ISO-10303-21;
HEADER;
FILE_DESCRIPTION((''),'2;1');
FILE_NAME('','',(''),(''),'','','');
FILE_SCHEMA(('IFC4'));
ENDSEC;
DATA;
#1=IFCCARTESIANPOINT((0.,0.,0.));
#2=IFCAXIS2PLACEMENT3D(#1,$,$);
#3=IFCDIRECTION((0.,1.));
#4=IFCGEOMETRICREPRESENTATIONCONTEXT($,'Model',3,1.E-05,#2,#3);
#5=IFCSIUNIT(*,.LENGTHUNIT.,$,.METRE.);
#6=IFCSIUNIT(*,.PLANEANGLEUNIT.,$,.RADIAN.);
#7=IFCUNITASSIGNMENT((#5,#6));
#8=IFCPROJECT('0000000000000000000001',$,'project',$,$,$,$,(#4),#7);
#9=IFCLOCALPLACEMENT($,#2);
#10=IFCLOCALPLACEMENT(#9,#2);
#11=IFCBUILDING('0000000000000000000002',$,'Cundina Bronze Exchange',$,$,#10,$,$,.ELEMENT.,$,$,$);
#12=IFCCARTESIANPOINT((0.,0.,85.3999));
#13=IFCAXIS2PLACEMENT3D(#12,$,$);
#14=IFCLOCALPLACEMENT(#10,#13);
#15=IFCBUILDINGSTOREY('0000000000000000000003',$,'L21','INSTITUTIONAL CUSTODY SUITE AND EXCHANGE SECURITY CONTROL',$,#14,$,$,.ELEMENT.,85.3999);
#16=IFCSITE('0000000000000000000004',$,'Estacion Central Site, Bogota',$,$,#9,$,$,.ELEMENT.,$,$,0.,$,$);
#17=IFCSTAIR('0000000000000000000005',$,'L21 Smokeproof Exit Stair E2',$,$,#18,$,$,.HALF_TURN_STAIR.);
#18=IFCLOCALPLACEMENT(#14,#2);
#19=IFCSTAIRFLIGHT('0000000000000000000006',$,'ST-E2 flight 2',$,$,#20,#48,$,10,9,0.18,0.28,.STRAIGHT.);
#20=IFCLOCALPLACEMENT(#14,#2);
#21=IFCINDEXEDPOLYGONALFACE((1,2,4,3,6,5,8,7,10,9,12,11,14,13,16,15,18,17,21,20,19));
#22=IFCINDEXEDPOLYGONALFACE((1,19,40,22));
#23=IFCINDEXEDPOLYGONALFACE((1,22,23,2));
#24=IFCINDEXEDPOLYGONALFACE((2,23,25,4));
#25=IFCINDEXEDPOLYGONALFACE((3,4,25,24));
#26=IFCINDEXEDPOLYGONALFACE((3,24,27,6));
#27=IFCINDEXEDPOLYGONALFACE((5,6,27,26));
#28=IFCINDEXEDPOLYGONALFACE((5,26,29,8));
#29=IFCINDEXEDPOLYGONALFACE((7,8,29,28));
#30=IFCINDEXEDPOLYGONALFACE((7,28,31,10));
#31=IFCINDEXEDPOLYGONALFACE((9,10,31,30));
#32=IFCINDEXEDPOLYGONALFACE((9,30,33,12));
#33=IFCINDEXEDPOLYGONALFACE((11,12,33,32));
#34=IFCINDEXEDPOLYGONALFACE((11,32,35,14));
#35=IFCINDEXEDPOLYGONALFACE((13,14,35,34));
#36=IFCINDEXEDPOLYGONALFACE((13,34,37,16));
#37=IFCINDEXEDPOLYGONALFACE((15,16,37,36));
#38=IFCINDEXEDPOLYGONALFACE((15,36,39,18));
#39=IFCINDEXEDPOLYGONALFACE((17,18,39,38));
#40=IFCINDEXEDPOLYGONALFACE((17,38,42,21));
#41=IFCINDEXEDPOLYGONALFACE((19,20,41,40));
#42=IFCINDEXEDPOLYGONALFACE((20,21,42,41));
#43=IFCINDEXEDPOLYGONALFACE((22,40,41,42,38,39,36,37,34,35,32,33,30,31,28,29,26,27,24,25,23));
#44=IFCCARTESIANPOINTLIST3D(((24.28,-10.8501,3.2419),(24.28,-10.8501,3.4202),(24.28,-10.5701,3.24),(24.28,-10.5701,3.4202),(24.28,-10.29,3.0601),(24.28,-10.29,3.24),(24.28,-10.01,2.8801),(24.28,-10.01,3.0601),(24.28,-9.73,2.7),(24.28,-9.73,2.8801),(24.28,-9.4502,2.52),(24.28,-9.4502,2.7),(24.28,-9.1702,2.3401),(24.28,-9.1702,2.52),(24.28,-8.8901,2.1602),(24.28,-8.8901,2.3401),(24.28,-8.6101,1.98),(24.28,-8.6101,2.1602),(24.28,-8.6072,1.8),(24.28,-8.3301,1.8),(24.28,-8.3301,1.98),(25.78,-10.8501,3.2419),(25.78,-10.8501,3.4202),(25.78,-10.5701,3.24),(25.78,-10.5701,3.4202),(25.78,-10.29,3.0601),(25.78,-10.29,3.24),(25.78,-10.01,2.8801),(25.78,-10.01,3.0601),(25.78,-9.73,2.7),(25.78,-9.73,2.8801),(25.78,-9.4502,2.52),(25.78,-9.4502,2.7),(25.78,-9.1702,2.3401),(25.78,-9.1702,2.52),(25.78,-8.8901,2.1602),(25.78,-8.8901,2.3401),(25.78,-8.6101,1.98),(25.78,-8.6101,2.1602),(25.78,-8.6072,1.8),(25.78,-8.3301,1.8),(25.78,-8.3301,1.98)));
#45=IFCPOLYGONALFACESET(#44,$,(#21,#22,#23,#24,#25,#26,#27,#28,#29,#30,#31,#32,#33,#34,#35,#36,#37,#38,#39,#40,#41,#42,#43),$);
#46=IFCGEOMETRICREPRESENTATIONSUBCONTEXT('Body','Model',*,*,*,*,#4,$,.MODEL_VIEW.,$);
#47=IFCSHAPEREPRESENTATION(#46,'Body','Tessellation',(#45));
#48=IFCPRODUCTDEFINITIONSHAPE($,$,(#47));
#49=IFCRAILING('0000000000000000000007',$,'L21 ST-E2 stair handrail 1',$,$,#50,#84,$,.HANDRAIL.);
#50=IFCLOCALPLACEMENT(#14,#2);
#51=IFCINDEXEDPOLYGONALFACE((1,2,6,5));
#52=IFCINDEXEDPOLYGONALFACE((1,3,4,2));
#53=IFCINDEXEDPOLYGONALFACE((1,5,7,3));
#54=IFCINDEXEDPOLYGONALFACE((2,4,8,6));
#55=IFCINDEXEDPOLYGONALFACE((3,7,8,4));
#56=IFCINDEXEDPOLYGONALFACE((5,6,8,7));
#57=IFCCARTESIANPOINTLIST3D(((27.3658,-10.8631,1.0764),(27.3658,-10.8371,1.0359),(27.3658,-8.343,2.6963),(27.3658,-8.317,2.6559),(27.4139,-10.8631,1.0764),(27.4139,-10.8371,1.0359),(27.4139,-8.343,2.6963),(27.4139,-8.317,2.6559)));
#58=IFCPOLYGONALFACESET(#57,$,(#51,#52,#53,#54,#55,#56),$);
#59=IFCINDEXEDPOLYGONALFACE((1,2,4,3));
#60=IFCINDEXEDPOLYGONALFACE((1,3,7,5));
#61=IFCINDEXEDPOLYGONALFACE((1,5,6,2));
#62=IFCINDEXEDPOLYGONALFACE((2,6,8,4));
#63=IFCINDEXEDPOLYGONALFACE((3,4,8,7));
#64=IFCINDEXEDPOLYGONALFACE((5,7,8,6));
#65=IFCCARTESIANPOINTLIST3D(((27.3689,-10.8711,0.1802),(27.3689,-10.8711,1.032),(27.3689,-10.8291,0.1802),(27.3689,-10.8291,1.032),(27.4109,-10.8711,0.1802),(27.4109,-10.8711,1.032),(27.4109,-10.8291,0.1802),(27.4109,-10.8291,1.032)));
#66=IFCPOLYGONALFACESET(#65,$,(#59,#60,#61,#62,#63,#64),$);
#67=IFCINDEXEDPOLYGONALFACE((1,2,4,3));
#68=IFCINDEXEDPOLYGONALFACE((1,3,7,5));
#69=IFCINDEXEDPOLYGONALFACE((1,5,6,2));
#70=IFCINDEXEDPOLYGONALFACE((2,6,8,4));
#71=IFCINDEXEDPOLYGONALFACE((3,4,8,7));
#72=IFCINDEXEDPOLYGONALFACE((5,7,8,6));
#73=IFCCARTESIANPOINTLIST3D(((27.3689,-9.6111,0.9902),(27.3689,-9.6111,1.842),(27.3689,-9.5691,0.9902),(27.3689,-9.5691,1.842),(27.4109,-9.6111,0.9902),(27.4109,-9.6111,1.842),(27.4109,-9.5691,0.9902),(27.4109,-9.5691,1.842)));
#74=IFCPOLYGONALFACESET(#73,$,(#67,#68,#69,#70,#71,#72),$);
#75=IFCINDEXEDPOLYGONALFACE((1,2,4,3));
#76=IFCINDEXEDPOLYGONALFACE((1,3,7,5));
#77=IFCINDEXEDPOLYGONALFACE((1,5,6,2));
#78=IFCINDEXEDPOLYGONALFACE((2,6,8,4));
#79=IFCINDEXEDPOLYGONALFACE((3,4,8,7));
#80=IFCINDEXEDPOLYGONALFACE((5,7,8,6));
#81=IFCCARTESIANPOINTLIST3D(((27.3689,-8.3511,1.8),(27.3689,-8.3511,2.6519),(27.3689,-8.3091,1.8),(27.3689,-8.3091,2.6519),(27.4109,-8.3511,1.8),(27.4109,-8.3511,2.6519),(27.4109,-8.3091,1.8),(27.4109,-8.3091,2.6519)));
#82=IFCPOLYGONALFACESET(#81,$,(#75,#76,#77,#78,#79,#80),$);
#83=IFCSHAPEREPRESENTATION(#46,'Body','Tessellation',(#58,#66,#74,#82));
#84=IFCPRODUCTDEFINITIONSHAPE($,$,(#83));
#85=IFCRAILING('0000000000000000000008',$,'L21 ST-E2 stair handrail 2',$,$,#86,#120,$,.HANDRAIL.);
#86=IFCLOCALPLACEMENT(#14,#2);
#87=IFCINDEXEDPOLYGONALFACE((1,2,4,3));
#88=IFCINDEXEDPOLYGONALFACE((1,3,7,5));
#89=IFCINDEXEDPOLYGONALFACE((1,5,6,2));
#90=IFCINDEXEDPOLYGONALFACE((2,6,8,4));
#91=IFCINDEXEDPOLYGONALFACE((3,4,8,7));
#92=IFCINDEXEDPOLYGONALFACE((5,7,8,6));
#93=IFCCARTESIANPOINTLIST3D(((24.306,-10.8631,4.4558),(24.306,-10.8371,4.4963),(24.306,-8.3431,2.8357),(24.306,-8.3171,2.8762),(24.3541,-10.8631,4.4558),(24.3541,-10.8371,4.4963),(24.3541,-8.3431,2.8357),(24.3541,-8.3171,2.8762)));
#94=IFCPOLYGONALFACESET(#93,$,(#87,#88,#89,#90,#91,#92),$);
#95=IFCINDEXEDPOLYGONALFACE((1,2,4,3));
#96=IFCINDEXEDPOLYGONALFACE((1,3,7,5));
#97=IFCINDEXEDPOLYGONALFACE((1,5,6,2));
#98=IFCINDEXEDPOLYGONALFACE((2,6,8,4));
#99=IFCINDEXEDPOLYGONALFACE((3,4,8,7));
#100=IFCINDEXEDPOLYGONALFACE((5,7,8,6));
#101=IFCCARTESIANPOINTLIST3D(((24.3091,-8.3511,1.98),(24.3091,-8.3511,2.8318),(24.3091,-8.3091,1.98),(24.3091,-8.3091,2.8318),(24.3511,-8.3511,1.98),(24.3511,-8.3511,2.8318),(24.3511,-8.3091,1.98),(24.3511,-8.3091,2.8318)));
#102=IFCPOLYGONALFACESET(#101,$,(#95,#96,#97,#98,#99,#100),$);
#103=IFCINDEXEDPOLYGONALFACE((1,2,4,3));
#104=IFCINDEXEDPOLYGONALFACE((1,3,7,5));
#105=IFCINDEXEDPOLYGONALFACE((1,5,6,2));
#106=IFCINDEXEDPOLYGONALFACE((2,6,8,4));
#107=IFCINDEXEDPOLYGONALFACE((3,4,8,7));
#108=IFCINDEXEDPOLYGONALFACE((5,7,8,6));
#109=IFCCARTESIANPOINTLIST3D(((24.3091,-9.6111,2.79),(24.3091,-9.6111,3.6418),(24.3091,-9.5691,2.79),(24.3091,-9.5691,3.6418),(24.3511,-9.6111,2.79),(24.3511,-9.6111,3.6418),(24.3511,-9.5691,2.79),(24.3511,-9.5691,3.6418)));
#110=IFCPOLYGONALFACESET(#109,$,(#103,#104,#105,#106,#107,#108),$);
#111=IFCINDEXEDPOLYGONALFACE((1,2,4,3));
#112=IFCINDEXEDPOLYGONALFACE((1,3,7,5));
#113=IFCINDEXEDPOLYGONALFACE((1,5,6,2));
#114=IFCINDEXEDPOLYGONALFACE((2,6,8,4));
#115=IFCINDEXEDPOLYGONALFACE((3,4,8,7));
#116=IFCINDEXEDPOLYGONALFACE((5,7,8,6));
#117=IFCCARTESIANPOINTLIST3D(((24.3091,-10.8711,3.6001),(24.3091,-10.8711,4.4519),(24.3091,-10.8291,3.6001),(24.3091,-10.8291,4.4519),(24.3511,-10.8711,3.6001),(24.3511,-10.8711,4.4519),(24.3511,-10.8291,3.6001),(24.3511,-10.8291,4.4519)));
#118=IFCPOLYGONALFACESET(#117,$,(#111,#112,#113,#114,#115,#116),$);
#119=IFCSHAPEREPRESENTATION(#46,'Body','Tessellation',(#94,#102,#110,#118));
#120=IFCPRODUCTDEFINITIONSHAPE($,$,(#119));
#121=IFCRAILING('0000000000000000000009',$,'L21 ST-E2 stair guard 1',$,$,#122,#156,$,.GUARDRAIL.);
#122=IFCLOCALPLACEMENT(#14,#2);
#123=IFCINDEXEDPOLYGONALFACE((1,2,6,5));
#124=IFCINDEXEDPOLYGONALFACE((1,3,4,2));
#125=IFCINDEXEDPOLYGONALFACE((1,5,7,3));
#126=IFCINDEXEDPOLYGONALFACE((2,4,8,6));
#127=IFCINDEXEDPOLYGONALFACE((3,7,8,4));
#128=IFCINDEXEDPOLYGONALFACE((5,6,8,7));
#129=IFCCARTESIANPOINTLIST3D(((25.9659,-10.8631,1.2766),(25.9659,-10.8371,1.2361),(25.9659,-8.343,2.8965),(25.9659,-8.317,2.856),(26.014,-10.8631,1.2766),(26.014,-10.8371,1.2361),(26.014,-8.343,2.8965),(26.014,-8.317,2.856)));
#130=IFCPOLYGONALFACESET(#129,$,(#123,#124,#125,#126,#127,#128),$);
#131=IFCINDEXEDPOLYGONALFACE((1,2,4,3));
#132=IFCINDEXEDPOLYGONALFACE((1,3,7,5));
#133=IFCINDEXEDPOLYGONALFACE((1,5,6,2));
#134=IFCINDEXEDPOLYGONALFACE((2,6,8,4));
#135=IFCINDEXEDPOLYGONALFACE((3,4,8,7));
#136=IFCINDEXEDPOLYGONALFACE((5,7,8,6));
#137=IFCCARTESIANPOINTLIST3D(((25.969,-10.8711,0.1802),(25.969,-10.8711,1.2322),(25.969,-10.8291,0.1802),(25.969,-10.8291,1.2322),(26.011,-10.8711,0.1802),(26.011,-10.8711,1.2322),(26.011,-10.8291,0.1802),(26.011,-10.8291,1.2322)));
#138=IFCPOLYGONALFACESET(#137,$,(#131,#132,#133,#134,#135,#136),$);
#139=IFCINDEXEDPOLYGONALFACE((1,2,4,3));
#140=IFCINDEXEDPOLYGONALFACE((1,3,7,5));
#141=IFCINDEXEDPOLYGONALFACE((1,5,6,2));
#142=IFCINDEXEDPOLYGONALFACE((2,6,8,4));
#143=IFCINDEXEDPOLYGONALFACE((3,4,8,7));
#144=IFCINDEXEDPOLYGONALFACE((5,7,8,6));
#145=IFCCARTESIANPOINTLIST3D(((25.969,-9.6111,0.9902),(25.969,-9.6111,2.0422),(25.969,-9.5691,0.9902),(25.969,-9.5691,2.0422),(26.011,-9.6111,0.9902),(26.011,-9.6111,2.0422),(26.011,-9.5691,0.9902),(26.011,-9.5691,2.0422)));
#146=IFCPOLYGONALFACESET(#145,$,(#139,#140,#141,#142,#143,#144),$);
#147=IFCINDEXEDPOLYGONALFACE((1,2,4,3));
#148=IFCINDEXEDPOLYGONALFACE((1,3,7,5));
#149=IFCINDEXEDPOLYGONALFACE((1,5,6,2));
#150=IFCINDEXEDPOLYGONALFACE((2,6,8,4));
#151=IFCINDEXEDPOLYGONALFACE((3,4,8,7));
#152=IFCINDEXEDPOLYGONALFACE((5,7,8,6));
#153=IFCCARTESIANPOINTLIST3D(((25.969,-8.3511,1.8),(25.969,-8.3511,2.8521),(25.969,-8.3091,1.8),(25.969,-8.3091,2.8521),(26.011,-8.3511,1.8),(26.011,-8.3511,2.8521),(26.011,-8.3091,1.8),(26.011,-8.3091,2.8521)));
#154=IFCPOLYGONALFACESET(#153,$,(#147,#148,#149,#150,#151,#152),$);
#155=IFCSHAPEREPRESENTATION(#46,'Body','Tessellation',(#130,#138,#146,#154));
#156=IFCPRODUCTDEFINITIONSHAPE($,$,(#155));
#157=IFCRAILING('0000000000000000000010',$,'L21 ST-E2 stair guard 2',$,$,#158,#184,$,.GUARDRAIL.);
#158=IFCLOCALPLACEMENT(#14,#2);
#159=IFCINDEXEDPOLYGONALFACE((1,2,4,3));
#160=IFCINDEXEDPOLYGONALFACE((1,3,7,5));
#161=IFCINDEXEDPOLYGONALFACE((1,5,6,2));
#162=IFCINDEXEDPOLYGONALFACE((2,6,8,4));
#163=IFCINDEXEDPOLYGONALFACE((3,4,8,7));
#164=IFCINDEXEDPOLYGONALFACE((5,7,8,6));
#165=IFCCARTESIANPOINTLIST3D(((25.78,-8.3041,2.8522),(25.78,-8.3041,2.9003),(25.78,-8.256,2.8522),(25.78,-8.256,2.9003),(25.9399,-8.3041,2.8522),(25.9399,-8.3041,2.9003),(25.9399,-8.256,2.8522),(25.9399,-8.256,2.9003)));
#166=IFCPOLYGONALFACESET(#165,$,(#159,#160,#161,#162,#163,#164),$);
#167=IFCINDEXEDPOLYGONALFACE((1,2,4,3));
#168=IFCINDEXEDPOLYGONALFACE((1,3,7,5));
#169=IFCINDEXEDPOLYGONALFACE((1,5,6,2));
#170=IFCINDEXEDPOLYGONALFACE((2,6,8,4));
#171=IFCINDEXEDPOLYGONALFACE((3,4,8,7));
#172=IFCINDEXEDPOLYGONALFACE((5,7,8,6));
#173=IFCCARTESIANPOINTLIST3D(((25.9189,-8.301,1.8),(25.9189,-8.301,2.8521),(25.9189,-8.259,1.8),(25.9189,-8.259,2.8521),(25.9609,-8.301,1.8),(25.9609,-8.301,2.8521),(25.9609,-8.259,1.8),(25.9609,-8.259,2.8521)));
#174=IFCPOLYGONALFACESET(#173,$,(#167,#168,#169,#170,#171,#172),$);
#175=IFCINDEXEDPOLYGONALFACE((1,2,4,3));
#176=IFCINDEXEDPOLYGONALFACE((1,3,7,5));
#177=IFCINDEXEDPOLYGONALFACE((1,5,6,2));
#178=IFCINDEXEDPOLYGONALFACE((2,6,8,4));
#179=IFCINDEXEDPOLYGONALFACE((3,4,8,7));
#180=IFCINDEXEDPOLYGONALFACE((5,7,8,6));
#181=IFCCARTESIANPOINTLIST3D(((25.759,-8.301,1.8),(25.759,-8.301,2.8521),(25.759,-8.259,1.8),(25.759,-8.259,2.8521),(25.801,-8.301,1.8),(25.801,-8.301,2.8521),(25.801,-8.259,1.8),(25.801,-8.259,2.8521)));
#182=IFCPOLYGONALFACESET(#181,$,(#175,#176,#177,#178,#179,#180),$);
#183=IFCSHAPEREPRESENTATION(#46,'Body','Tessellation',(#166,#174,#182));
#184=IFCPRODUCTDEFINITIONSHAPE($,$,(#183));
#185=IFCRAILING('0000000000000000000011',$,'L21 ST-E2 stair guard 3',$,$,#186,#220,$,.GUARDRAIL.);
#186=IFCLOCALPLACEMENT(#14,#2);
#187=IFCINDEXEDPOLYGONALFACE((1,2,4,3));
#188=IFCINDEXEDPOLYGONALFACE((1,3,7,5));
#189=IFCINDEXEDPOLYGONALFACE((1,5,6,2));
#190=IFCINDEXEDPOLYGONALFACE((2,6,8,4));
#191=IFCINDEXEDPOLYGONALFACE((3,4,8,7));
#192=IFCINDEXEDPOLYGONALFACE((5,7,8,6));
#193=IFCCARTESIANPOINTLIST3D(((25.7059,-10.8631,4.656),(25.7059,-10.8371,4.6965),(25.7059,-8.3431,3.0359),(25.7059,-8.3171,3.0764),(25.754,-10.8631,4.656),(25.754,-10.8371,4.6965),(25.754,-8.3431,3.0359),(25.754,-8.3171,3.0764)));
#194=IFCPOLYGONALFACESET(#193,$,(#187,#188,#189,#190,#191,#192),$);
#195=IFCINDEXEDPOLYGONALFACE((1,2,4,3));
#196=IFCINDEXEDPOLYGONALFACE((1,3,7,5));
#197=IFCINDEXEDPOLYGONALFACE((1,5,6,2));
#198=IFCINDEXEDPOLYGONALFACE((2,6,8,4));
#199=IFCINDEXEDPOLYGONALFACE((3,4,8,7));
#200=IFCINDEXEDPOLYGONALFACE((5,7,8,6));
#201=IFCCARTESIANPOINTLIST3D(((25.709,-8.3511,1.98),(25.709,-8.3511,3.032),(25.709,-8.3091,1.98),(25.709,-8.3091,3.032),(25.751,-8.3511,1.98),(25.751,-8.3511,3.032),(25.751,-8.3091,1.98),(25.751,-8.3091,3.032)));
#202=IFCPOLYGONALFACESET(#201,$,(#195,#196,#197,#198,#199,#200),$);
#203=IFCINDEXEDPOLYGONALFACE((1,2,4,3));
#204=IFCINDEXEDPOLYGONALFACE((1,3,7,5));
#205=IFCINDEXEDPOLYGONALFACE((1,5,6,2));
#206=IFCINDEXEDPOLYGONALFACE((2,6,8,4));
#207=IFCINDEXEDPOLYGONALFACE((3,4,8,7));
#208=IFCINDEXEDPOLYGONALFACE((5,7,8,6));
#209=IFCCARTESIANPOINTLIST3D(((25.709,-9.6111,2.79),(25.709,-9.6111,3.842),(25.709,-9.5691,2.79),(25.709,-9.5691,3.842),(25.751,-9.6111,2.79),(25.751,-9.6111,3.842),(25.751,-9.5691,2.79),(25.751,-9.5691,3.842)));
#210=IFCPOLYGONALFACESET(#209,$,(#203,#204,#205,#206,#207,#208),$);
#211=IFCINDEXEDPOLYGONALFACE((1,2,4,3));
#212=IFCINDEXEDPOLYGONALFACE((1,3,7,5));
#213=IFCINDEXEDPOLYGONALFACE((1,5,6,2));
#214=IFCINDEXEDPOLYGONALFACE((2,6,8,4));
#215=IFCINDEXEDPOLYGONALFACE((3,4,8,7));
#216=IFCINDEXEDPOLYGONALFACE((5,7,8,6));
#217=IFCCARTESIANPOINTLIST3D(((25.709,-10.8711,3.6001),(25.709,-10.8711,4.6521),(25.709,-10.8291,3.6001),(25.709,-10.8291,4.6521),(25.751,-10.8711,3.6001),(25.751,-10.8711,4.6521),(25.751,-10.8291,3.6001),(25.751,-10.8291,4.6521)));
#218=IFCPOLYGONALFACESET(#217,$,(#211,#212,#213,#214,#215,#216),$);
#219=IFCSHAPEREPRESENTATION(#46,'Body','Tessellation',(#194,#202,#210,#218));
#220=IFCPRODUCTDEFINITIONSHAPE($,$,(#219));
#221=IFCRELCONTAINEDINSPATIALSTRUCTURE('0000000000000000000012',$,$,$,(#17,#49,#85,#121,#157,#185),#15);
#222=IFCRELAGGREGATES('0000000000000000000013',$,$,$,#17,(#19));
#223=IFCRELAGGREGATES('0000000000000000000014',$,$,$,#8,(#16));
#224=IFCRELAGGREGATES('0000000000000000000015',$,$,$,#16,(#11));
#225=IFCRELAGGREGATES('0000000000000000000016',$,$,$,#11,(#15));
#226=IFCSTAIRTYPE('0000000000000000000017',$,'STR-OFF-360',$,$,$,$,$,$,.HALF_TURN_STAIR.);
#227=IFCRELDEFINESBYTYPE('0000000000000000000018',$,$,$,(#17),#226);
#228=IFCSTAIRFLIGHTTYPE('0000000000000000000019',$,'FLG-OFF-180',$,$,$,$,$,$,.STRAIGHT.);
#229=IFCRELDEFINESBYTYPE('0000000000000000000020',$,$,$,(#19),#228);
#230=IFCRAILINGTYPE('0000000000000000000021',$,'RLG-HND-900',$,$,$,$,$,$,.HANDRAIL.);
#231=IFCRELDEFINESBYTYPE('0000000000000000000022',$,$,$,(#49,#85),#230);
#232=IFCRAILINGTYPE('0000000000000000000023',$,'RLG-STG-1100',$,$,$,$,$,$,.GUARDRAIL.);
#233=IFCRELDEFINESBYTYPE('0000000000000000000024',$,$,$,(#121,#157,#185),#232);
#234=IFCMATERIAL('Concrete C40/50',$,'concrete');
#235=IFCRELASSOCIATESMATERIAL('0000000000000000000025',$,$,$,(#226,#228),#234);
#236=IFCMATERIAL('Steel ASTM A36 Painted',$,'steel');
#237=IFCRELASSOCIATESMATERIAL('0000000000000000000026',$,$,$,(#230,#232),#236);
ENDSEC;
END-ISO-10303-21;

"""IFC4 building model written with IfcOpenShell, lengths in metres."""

from ifc_helpers import new_model, si_unit, direction, frame, origin, origin_2d, place, context, subcontext, project, spatial, polyline, rectangle, outline, extrude, material, type_object, element, aggregate, save


model = new_model("IFC4")

# Units and contexts
model_context = context("Model", 3, precision=1e-05, world=origin(), true_north=direction((0.0, 1.0)))
body_context = subcontext(model_context, "Body", "Model", "MODEL_VIEW")
ifc_project = project(units=[si_unit("LENGTHUNIT", "METRE"), si_unit("PLANEANGLEUNIT", "RADIAN")], contexts=[model_context])

# Site, building, storey
site_placement = place(None, origin())
site = spatial("IfcSite", under=ifc_project, at=site_placement, Name="Estacion Central Site, Bogota", CompositionType="ELEMENT", RefElevation=0.0)
building_placement = place(site_placement, origin())
building = spatial("IfcBuilding", under=site, at=building_placement, Name="Cundina Bronze Exchange", CompositionType="ELEMENT")
storey_placement = place(building_placement, frame((0.0, 0.0, 85.3999)))
storey = spatial("IfcBuildingStorey", under=building, at=storey_placement, Name="L21", Description="INSTITUTIONAL CUSTODY SUITE AND EXCHANGE SECURITY CONTROL", CompositionType="ELEMENT", Elevation=85.3999)

# Shared definitions
ifc_material_1 = material(Name="Steel ASTM A36 Painted", Category="steel")

# Stair, stair flight
ifc_material_2 = material(Name="Concrete C40/50", Category="concrete")
stair_type = type_object("IfcStairType", Name="STR-OFF-360", PredefinedType="HALF_TURN_STAIR", material=ifc_material_2)
stair_placement = place(storey_placement, origin())
stair = element("IfcStair", 1, at=stair_placement, inside=storey, type_object=stair_type, Name="L21 Smokeproof Exit Stair E2", PredefinedType="HALF_TURN_STAIR")
stair_flight_type = type_object("IfcStairFlightType", Name="FLG-OFF-180", PredefinedType="STRAIGHT", material=ifc_material_2)
stair_flight_1_placement = place(storey_placement, frame((25.03, -8.3301, 1.8), z_axis=(0.0, 0.0, 1.0), x_axis=(0.0, -1.0, 0.0)))
stair_flight_1 = element("IfcStairFlight", 2, at=stair_flight_1_placement, type_object=stair_flight_type, Name="ST-E2 flight 2", NumberOfRisers=10, NumberOfTreads=9, PredefinedType="STRAIGHT", RiserHeight=0.18, TreadLength=0.28, context=body_context, shape_type="SweptSolid", body=[
    extrude(outline(polyline([(0.0, 0.0), (0.0, 0.1799), (0.28, 0.1799), (0.28, 0.3601), (0.5601, 0.3601), (0.5601, 0.54), (0.8401, 0.54), (0.8401, 0.72), (1.1201, 0.72), (1.1201, 0.8999), (1.3999, 0.8999), (1.3999, 1.0801), (1.6799, 1.0801), (1.6799, 1.26), (1.96, 1.26), (1.96, 1.4399), (2.24, 1.4399), (2.24, 1.6201), (2.52, 1.6201), (2.52, 1.8), (2.52, 1.4419), (0.2771, 0.0), (0.0, 0.0)])), frame((0.0, 0.75, 0.0), z_axis=(0.0, -1.0, 0.0), x_axis=(1.0, 0.0, 0.0)), (0.0, 0.0, 1.0), 1.5),
])
aggregate(stair, [stair_flight_1])

# Railings
railing_type_1 = type_object("IfcRailingType", Name="RLG-HND-900", PredefinedType="HANDRAIL", material=ifc_material_1)
railing_1_placement = place(storey_placement, frame((27.3899, -10.8501, 0.1802)))
element("IfcRailing", 3, at=railing_1_placement, inside=storey, type_object=railing_type_1, Name="L21 ST-E2 stair handrail 1", PredefinedType="HANDRAIL", context=body_context, shape_type="SweptSolid", body=[
    extrude(rectangle(XDim=0.0481, YDim=0.0481, at=origin_2d()), frame((0.0, 0.0, 0.876), z_axis=(0.0, 0.8412, 0.540725), x_axis=(-1.0, 0.0, 0.0)), (0.0, 0.0, 1.0), 2.9958),
    extrude(rectangle(XDim=0.042, YDim=0.042, at=origin_2d()), origin(), (0.0, 0.0, 1.0), 0.8518),
    extrude(rectangle(XDim=0.042, YDim=0.042, at=origin_2d()), frame((0.0, 1.26, 0.8101)), (0.0, 0.0, 1.0), 0.8518),
    extrude(rectangle(XDim=0.042, YDim=0.042, at=origin_2d()), frame((0.0, 2.52, 1.6199)), (0.0, 0.0, 1.0), 0.8518),
])
railing_2_placement = place(storey_placement, frame((24.3301, -8.3301, 1.98)))
element("IfcRailing", 4, at=railing_2_placement, inside=storey, type_object=railing_type_1, Name="L21 ST-E2 stair handrail 2", PredefinedType="HANDRAIL", context=body_context, shape_type="SweptSolid", body=[
    extrude(rectangle(XDim=0.0481, YDim=0.0481, at=origin_2d()), frame((0.0, 0.0, 0.876), z_axis=(0.0, -0.841163, 0.540782), x_axis=(1.0, 0.0, 0.0)), (0.0, 0.0, 1.0), 2.9958),
    extrude(rectangle(XDim=0.042, YDim=0.042, at=origin_2d()), origin(), (0.0, 0.0, 1.0), 0.8518),
    extrude(rectangle(XDim=0.042, YDim=0.042, at=origin_2d()), frame((0.0, -1.26, 0.8101)), (0.0, 0.0, 1.0), 0.8518),
    extrude(rectangle(XDim=0.042, YDim=0.042, at=origin_2d()), frame((0.0, -2.52, 1.6201)), (0.0, 0.0, 1.0), 0.8518),
])
railing_type_2 = type_object("IfcRailingType", Name="RLG-STG-1100", PredefinedType="GUARDRAIL", material=ifc_material_1)
railing_3_placement = place(storey_placement, frame((25.99, -10.8501, 0.1802)))
element("IfcRailing", 5, at=railing_3_placement, inside=storey, type_object=railing_type_2, Name="L21 ST-E2 stair guard 1", PredefinedType="GUARDRAIL", context=body_context, shape_type="SweptSolid", body=[
    extrude(rectangle(XDim=0.0481, YDim=0.0481, at=origin_2d()), frame((0.0, 0.0, 1.0762), z_axis=(0.0, 0.8412, 0.540725), x_axis=(-1.0, 0.0, 0.0)), (0.0, 0.0, 1.0), 2.9958),
    extrude(rectangle(XDim=0.042, YDim=0.042, at=origin_2d()), origin(), (0.0, 0.0, 1.0), 1.052),
    extrude(rectangle(XDim=0.042, YDim=0.042, at=origin_2d()), frame((0.0, 1.26, 0.8101)), (0.0, 0.0, 1.0), 1.052),
    extrude(rectangle(XDim=0.042, YDim=0.042, at=origin_2d()), frame((0.0, 2.52, 1.6199)), (0.0, 0.0, 1.0), 1.052),
])
railing_4_placement = place(storey_placement, frame((25.9399, -8.28, 1.8)))
element("IfcRailing", 6, at=railing_4_placement, inside=storey, type_object=railing_type_2, Name="L21 ST-E2 stair guard 2", PredefinedType="GUARDRAIL", context=body_context, shape_type="SweptSolid", body=[
    extrude(rectangle(XDim=0.0481, YDim=0.0481, at=origin_2d()), frame((0.0, 0.0, 1.0762), z_axis=(-1.0, 0.0, 0.0), x_axis=(0.0, -1.0, 0.0)), (0.0, 0.0, 1.0), 0.1599),
    extrude(rectangle(XDim=0.042, YDim=0.042, at=origin_2d()), origin(), (0.0, 0.0, 1.0), 1.052),
    extrude(rectangle(XDim=0.042, YDim=0.042, at=origin_2d()), frame((-0.1599, 0.0, 0.0)), (0.0, 0.0, 1.0), 1.052),
])
railing_5_placement = place(storey_placement, frame((25.73, -8.3301, 1.98)))
element("IfcRailing", 7, at=railing_5_placement, inside=storey, type_object=railing_type_2, Name="L21 ST-E2 stair guard 3", PredefinedType="GUARDRAIL", context=body_context, shape_type="SweptSolid", body=[
    extrude(rectangle(XDim=0.0481, YDim=0.0481, at=origin_2d()), frame((0.0, 0.0, 1.0762), z_axis=(0.0, -0.841163, 0.540782), x_axis=(1.0, 0.0, 0.0)), (0.0, 0.0, 1.0), 2.9958),
    extrude(rectangle(XDim=0.042, YDim=0.042, at=origin_2d()), origin(), (0.0, 0.0, 1.0), 1.052),
    extrude(rectangle(XDim=0.042, YDim=0.042, at=origin_2d()), frame((0.0, -1.26, 0.8101)), (0.0, 0.0, 1.0), 1.052),
    extrude(rectangle(XDim=0.042, YDim=0.042, at=origin_2d()), frame((0.0, -2.52, 1.6201)), (0.0, 0.0, 1.0), 1.052),
])

save(model, "model.ifc")
